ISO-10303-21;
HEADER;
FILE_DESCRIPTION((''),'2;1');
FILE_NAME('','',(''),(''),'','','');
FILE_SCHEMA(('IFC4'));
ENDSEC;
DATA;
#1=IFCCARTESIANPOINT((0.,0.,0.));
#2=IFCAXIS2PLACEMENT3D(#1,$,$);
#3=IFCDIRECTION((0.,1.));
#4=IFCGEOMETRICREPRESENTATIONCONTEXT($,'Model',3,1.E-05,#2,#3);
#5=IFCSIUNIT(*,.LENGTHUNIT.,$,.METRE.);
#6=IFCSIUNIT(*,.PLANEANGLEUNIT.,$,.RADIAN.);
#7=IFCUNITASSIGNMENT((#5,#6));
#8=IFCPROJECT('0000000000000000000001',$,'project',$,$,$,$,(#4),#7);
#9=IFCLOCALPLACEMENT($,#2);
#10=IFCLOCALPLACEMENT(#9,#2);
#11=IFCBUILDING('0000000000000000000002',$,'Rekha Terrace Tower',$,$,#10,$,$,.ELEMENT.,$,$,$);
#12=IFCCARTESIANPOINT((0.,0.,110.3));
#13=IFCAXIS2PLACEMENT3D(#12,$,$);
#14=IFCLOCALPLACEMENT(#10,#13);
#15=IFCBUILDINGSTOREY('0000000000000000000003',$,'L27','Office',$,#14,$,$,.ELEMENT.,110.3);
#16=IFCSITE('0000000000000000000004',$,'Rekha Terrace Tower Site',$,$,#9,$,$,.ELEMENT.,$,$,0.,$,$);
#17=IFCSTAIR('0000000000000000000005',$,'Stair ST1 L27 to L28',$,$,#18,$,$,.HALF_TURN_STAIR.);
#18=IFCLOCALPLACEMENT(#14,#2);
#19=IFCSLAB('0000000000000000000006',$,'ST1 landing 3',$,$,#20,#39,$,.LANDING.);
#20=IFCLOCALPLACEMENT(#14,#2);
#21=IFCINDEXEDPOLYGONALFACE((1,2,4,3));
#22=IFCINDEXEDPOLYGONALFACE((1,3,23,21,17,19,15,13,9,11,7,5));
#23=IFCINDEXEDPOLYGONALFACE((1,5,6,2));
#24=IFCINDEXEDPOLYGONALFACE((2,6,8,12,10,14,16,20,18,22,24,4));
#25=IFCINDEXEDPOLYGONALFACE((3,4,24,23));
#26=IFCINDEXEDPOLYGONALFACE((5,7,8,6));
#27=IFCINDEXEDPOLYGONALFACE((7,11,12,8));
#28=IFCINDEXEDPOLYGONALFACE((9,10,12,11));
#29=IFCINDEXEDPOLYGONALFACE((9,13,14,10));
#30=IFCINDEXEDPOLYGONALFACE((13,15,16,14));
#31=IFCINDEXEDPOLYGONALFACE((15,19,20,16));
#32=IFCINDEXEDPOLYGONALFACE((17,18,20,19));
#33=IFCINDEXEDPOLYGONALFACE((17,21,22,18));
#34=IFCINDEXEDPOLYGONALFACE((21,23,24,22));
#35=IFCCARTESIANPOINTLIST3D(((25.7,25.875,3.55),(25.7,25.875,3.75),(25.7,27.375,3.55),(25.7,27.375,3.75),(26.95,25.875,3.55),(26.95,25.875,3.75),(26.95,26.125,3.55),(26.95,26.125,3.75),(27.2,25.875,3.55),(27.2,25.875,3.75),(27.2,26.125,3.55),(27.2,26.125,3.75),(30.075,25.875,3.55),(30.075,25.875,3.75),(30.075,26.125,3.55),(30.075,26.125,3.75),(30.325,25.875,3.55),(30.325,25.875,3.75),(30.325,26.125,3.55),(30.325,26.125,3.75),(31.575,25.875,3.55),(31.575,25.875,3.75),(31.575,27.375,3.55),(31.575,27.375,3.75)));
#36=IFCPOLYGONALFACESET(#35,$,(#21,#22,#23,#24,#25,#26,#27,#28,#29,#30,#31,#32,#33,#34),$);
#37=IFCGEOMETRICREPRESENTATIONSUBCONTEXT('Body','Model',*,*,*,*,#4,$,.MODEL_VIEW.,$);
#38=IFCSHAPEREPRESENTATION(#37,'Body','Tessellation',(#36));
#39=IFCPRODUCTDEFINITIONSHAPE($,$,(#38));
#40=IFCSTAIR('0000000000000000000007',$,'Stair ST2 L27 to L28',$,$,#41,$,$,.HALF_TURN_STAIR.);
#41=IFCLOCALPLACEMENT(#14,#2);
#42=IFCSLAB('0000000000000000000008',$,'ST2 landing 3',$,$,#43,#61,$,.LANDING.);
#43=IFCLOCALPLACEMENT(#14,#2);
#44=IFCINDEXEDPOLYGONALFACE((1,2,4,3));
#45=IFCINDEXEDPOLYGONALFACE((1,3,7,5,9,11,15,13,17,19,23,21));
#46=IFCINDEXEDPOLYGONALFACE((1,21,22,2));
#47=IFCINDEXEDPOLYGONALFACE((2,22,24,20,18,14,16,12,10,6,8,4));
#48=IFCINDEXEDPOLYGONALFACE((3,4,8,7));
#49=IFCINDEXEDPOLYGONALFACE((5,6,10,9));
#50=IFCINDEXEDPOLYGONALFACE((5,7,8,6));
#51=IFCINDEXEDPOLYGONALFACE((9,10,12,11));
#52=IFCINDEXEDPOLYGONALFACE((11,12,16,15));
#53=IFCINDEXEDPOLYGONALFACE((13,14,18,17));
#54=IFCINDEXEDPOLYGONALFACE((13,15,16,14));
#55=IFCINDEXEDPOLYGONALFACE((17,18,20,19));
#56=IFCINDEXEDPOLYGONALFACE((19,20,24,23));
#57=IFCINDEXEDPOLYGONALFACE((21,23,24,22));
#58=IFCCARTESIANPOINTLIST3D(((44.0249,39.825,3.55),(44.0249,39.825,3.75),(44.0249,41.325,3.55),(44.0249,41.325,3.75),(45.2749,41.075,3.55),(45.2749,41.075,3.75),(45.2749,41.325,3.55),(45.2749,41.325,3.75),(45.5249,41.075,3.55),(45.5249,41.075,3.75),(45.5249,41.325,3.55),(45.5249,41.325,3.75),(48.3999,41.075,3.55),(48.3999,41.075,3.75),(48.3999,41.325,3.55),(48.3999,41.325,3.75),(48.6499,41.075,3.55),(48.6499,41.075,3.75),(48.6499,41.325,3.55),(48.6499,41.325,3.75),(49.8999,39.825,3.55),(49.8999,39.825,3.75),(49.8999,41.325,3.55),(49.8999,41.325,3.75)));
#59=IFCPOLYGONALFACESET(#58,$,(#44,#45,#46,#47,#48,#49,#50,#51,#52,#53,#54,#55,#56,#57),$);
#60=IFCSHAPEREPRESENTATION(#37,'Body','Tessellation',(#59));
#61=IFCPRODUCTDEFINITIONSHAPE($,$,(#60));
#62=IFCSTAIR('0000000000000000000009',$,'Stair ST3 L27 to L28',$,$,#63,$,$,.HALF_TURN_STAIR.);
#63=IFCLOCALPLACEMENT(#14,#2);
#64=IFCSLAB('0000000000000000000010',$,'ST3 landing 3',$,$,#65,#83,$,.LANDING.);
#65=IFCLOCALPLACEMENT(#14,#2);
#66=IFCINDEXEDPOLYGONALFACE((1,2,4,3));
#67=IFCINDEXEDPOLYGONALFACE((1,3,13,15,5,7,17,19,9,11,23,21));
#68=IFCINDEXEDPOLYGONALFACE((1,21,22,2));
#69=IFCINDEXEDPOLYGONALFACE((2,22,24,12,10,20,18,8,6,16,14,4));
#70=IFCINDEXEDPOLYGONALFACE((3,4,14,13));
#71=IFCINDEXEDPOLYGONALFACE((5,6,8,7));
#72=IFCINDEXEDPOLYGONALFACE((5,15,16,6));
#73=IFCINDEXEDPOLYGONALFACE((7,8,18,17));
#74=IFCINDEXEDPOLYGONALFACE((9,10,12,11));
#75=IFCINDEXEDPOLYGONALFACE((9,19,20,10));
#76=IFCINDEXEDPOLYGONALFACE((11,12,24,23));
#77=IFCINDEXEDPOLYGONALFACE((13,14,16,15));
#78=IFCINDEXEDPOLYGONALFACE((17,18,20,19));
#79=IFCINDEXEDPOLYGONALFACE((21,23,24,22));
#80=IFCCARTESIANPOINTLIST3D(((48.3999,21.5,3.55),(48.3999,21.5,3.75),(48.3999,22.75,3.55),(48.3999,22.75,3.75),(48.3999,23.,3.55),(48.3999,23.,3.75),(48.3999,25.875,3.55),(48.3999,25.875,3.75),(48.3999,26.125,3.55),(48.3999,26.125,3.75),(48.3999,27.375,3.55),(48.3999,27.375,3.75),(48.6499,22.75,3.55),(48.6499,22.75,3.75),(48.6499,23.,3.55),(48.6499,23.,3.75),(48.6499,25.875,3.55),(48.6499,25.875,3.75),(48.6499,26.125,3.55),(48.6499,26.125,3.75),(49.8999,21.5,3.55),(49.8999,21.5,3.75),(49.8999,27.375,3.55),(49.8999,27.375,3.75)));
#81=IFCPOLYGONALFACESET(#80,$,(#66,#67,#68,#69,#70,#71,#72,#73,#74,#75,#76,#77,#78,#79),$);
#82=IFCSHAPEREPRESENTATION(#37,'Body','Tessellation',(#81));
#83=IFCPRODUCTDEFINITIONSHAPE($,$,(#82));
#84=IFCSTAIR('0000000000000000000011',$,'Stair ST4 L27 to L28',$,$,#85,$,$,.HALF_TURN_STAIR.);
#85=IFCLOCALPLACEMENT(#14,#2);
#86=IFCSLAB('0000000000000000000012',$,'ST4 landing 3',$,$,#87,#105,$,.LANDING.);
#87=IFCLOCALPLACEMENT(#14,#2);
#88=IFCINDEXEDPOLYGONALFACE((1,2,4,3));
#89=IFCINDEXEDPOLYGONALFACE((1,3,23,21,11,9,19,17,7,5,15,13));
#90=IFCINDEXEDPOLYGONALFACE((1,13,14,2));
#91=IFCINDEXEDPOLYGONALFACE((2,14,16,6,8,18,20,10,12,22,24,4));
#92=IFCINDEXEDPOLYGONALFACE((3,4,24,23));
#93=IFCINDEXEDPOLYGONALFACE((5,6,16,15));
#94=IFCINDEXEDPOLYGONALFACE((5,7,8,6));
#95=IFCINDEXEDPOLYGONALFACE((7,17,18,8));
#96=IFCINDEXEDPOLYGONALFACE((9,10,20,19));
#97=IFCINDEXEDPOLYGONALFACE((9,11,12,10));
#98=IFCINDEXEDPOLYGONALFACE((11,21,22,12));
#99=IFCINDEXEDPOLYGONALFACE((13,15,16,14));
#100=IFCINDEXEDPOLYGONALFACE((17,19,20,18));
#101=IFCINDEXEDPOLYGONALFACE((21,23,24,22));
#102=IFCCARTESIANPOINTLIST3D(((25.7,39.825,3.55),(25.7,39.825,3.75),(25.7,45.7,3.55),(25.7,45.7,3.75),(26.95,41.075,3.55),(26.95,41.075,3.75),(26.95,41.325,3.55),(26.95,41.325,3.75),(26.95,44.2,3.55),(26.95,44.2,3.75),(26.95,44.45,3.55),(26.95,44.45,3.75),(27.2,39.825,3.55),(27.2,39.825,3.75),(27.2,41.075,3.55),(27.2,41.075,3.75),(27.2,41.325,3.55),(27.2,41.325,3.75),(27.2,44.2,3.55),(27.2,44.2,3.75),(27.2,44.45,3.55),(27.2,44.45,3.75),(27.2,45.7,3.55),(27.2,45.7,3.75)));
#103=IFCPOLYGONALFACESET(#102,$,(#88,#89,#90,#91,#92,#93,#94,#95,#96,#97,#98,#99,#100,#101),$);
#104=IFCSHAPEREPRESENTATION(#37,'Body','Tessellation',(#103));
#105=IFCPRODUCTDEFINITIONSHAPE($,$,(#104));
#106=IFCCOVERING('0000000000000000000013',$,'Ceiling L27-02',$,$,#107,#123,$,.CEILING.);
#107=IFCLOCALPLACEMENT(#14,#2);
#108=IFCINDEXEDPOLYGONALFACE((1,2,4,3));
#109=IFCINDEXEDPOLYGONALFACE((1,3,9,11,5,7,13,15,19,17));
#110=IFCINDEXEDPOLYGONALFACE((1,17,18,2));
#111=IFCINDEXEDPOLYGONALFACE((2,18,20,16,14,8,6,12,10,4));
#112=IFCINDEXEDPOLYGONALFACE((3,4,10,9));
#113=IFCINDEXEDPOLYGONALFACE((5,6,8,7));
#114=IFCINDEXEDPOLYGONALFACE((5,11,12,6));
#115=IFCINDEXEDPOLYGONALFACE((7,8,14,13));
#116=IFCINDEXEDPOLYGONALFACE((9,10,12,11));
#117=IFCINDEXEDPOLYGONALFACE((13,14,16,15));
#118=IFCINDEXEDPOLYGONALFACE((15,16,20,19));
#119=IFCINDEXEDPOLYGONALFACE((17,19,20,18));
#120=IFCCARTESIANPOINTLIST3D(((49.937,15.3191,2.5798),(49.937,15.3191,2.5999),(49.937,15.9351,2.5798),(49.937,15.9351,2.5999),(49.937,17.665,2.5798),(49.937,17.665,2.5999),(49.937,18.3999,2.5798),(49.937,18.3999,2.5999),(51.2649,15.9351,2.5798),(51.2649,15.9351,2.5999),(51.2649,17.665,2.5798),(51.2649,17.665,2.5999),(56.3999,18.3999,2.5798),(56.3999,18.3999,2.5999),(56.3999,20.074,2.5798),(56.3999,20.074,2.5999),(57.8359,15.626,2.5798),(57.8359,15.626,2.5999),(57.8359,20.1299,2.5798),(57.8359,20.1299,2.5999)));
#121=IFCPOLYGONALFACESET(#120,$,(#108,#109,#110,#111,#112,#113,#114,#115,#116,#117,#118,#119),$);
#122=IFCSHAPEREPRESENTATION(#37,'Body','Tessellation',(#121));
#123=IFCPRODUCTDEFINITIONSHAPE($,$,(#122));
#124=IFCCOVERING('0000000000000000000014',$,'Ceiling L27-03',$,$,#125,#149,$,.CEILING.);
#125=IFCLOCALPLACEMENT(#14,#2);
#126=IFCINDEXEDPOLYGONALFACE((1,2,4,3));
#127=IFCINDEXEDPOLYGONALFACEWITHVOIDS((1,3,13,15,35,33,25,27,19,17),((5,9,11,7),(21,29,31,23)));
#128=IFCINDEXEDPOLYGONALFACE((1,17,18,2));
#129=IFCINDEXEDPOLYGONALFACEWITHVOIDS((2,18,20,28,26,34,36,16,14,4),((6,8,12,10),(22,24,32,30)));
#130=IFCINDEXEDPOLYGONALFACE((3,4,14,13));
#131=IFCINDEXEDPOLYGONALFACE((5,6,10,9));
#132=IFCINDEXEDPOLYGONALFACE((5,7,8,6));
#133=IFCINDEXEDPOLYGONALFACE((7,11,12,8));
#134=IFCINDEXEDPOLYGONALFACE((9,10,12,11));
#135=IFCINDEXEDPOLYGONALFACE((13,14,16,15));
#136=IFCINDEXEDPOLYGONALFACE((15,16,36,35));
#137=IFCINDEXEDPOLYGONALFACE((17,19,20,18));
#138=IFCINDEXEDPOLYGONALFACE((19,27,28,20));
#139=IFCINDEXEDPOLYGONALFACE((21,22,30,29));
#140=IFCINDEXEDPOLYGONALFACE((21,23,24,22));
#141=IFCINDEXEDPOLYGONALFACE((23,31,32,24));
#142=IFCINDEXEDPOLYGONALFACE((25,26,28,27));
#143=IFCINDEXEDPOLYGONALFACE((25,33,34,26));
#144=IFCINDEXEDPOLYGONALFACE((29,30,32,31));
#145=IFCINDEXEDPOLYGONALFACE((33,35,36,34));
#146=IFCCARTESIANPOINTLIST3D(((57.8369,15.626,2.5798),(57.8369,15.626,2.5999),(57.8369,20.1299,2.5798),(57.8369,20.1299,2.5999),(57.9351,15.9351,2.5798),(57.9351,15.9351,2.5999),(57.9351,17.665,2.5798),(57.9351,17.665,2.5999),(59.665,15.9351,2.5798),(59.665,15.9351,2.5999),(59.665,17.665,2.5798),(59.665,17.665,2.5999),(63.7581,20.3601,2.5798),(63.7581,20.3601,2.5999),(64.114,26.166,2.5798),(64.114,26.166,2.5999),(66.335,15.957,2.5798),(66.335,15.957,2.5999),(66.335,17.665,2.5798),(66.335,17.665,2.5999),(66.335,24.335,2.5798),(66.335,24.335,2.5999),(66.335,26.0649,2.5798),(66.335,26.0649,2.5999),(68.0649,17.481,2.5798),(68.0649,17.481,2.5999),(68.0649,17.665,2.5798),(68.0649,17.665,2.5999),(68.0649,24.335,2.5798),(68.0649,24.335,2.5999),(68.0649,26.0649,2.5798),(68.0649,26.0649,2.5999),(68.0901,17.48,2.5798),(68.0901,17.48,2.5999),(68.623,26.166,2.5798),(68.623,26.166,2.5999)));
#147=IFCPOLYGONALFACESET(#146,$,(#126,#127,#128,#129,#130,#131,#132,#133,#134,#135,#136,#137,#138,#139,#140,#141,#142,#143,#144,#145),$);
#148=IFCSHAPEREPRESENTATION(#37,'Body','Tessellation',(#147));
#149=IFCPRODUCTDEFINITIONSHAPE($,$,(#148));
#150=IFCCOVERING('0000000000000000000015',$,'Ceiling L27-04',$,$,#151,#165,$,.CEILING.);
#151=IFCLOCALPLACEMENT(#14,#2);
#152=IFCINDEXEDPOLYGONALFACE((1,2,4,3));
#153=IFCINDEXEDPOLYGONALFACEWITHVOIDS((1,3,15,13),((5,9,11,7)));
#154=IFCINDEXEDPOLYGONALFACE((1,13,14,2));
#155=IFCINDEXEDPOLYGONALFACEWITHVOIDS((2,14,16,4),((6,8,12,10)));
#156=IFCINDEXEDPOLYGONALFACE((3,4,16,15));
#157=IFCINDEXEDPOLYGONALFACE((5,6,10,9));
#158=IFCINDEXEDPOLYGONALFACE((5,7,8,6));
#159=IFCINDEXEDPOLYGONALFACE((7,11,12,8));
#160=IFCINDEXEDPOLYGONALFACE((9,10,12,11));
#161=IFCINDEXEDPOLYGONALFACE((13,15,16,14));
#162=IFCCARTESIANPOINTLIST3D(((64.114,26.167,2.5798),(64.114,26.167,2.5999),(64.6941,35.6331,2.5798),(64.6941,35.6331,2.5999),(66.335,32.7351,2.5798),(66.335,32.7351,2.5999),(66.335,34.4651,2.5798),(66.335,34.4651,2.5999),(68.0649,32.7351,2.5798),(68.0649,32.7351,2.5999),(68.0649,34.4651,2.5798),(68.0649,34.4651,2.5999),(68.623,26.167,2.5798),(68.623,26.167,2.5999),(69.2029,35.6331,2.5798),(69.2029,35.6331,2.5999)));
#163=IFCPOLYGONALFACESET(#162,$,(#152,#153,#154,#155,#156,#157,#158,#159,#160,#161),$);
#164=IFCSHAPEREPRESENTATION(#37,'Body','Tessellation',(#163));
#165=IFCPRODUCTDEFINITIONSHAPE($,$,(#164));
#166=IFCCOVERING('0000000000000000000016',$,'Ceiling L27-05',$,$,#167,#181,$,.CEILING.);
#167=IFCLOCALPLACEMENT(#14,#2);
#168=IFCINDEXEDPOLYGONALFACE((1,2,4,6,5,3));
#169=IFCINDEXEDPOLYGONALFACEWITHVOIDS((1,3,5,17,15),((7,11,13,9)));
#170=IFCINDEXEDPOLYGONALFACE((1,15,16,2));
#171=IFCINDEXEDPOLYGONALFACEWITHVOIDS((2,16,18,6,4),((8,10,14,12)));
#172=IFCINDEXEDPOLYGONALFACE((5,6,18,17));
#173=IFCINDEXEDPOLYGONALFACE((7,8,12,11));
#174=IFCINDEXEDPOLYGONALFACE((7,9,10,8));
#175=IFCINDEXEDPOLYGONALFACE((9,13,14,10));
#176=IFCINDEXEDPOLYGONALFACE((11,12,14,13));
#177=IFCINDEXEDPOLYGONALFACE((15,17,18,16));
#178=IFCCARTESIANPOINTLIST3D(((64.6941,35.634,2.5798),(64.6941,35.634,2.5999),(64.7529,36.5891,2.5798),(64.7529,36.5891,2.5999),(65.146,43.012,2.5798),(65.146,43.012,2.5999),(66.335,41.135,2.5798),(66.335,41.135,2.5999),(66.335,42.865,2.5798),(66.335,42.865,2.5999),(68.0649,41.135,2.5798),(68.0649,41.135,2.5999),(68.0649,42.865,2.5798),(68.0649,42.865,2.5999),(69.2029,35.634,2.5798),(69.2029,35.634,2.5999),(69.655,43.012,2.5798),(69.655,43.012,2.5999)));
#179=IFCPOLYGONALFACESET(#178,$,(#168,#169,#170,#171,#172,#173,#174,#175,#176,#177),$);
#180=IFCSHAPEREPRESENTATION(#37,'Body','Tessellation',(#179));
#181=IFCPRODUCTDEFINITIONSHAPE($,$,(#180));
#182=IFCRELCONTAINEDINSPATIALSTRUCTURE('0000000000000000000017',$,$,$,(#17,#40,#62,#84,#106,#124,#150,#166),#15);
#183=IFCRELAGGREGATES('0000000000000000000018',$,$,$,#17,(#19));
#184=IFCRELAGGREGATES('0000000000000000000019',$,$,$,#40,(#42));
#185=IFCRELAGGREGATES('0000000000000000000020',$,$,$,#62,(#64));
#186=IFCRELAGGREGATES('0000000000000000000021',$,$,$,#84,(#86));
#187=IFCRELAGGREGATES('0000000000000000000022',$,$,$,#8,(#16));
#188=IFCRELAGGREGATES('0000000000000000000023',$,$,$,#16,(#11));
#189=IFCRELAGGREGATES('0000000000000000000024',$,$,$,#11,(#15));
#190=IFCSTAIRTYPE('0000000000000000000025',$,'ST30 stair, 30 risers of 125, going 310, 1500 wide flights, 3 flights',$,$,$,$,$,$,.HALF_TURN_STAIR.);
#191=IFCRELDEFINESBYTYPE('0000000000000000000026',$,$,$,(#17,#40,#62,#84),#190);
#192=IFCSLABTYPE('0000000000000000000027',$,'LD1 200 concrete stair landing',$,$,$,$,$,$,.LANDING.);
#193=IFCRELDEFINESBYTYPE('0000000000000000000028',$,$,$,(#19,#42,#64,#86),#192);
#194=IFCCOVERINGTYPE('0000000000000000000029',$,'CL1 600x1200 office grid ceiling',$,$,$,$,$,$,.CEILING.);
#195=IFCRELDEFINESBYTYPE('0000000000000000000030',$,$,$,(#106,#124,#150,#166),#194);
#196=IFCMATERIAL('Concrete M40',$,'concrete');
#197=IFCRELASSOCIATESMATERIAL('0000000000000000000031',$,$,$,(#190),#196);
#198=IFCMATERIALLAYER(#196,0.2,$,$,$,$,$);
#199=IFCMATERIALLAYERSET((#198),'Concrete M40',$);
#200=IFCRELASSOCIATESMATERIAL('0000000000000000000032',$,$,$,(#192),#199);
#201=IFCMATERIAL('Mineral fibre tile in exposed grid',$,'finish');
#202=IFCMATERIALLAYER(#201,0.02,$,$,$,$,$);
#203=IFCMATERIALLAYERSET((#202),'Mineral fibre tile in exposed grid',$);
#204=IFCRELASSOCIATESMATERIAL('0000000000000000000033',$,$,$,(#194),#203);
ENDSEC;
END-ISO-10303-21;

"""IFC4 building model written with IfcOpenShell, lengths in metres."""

from ifc_helpers import new_model, si_unit, direction, frame, origin, place, context, subcontext, project, spatial, polyline, outline, extrude, material, layer, layer_set, type_object, element, aggregate, save


model = new_model("IFC4")

# Units and contexts
model_context = context("Model", 3, precision=1e-05, world=origin(), true_north=direction((0.0, 1.0)))
body_context = subcontext(model_context, "Body", "Model", "MODEL_VIEW")
ifc_project = project(units=[si_unit("LENGTHUNIT", "METRE"), si_unit("PLANEANGLEUNIT", "RADIAN")], contexts=[model_context])

# Site, building, storey
site_placement = place(None, origin())
site = spatial("IfcSite", under=ifc_project, at=site_placement, Name="Rekha Terrace Tower Site", CompositionType="ELEMENT", RefElevation=0.0)
building_placement = place(site_placement, origin())
building = spatial("IfcBuilding", under=site, at=building_placement, Name="Rekha Terrace Tower", CompositionType="ELEMENT")
storey_placement = place(building_placement, frame((0.0, 0.0, 110.3)))
storey = spatial("IfcBuildingStorey", under=building, at=storey_placement, Name="L27", Description="Office", CompositionType="ELEMENT", Elevation=110.3)

# Stairs, slabs
ifc_material_1 = material(Name="Concrete M40", Category="concrete")
stair_type = type_object("IfcStairType", Name="ST30 stair, 30 risers of 125, going 310, 1500 wide flights, 3 flights", PredefinedType="HALF_TURN_STAIR", material=ifc_material_1)
stair_1_placement = place(storey_placement, origin())
stair_1 = element("IfcStair", 1, at=stair_1_placement, inside=storey, type_object=stair_type, Name="Stair ST1 L27 to L28", PredefinedType="HALF_TURN_STAIR")
ifc_layer_1 = layer(ifc_material_1, 0.2)
ifc_layer_set_1 = layer_set([ifc_layer_1], Name="Concrete M40")
slab_type = type_object("IfcSlabType", Name="LD1 200 concrete stair landing", PredefinedType="LANDING", material=ifc_layer_set_1)
slab_1_placement = place(storey_placement, frame((0.0, 0.0, 3.55)))
slab_1 = element("IfcSlab", 2, at=slab_1_placement, type_object=slab_type, Name="ST1 landing 3", PredefinedType="LANDING", context=body_context, shape_type="SweptSolid", body=[
    extrude(outline(polyline([(31.575, 25.875), (31.575, 27.375), (25.7, 27.375), (25.7, 25.875), (26.95, 25.875), (26.95, 26.125), (27.2, 26.125), (27.2, 25.875), (30.075, 25.875), (30.075, 26.125), (30.325, 26.125), (30.325, 25.875), (31.575, 25.875)])), origin(), (0.0, 0.0, 1.0), 0.2),
])
aggregate(stair_1, [slab_1])
stair_2_placement = place(storey_placement, origin())
stair_2 = element("IfcStair", 3, at=stair_2_placement, inside=storey, type_object=stair_type, Name="Stair ST2 L27 to L28", PredefinedType="HALF_TURN_STAIR")
slab_2_placement = place(storey_placement, frame((0.0, 0.0, 3.55)))
slab_2 = element("IfcSlab", 4, at=slab_2_placement, type_object=slab_type, Name="ST2 landing 3", PredefinedType="LANDING", context=body_context, shape_type="SweptSolid", body=[
    extrude(outline(polyline([(44.0249, 41.325), (44.0249, 39.825), (49.8999, 39.825), (49.8999, 41.325), (48.6499, 41.325), (48.6499, 41.075), (48.3999, 41.075), (48.3999, 41.325), (45.5249, 41.325), (45.5249, 41.075), (45.2749, 41.075), (45.2749, 41.325), (44.0249, 41.325)])), origin(), (0.0, 0.0, 1.0), 0.2),
])
aggregate(stair_2, [slab_2])
stair_3_placement = place(storey_placement, origin())
stair_3 = element("IfcStair", 5, at=stair_3_placement, inside=storey, type_object=stair_type, Name="Stair ST3 L27 to L28", PredefinedType="HALF_TURN_STAIR")
slab_3_placement = place(storey_placement, frame((0.0, 0.0, 3.55)))
slab_3 = element("IfcSlab", 6, at=slab_3_placement, type_object=slab_type, Name="ST3 landing 3", PredefinedType="LANDING", context=body_context, shape_type="SweptSolid", body=[
    extrude(outline(polyline([(48.3999, 21.5), (49.8999, 21.5), (49.8999, 27.375), (48.3999, 27.375), (48.3999, 26.125), (48.6499, 26.125), (48.6499, 25.875), (48.3999, 25.875), (48.3999, 23.0), (48.6499, 23.0), (48.6499, 22.75), (48.3999, 22.75), (48.3999, 21.5)])), origin(), (0.0, 0.0, 1.0), 0.2),
])
aggregate(stair_3, [slab_3])
stair_4_placement = place(storey_placement, origin())
stair_4 = element("IfcStair", 7, at=stair_4_placement, inside=storey, type_object=stair_type, Name="Stair ST4 L27 to L28", PredefinedType="HALF_TURN_STAIR")
slab_4_placement = place(storey_placement, frame((0.0, 0.0, 3.55)))
slab_4 = element("IfcSlab", 8, at=slab_4_placement, type_object=slab_type, Name="ST4 landing 3", PredefinedType="LANDING", context=body_context, shape_type="SweptSolid", body=[
    extrude(outline(polyline([(27.2, 39.825), (25.7, 39.825), (25.7, 45.7), (27.2, 45.7), (27.2, 44.45), (26.95, 44.45), (26.95, 44.2), (27.2, 44.2), (27.2, 41.325), (26.95, 41.325), (26.95, 41.075), (27.2, 41.075), (27.2, 39.825)])), origin(), (0.0, 0.0, 1.0), 0.2),
])
aggregate(stair_4, [slab_4])

# Coverings
ifc_material_2 = material(Name="Mineral fibre tile in exposed grid", Category="finish")
ifc_layer_2 = layer(ifc_material_2, 0.02)
ifc_layer_set_2 = layer_set([ifc_layer_2], Name="Mineral fibre tile in exposed grid")
covering_type_1 = type_object("IfcCoveringType", Name="CL1 600x1200 office grid ceiling", PredefinedType="CEILING", material=ifc_layer_set_2)
covering_1_placement = place(storey_placement, frame((0.0, 0.0, 2.5798)))
element("IfcCovering", 9, at=covering_1_placement, inside=storey, type_object=covering_type_1, Name="Ceiling L27-02", PredefinedType="CEILING", context=body_context, shape_type="SweptSolid", body=[
    extrude(outline(polyline([(56.3999, 20.074), (56.3999, 18.3999), (49.937, 18.3999), (49.937, 17.665), (51.2649, 17.665), (51.2649, 15.9351), (49.937, 15.9351), (49.937, 15.3191), (57.8359, 15.626), (57.8359, 20.1299), (56.3999, 20.074)])), origin(), (0.0, 0.0, 1.0), 0.02),
])
covering_2_placement = place(storey_placement, frame((0.0, 0.0, 2.5798)))
element("IfcCovering", 10, at=covering_2_placement, inside=storey, type_object=covering_type_1, Name="Ceiling L27-03", PredefinedType="CEILING", context=body_context, shape_type="SweptSolid", body=[
    extrude(outline(polyline([(64.114, 26.166), (63.7581, 20.3601), (57.8369, 20.1299), (57.8369, 15.626), (66.335, 15.957), (66.335, 17.665), (68.0649, 17.665), (68.0649, 17.481), (68.0901, 17.48), (68.623, 26.166), (64.114, 26.166)]), holes=[polyline([(68.0649, 24.335), (66.335, 24.335), (66.335, 26.0649), (68.0649, 26.0649), (68.0649, 24.335)]), polyline([(59.665, 15.9351), (57.9351, 15.9351), (57.9351, 17.665), (59.665, 17.665), (59.665, 15.9351)])]), origin(), (0.0, 0.0, 1.0), 0.02),
])
covering_3_placement = place(storey_placement, frame((0.0, 0.0, 2.5798)))
element("IfcCovering", 11, at=covering_3_placement, inside=storey, type_object=covering_type_1, Name="Ceiling L27-04", PredefinedType="CEILING", context=body_context, shape_type="SweptSolid", body=[
    extrude(outline(polyline([(64.114, 26.167), (68.623, 26.167), (69.2029, 35.6331), (64.6941, 35.6331), (64.114, 26.167)]), holes=[polyline([(68.0649, 34.4651), (68.0649, 32.7351), (66.335, 32.7351), (66.335, 34.4651), (68.0649, 34.4651)])]), origin(), (0.0, 0.0, 1.0), 0.02),
])
covering_4_placement = place(storey_placement, frame((0.0, 0.0, 2.5798)))
element("IfcCovering", 12, at=covering_4_placement, inside=storey, type_object=covering_type_1, Name="Ceiling L27-05", PredefinedType="CEILING", context=body_context, shape_type="SweptSolid", body=[
    extrude(outline(polyline([(69.655, 43.012), (65.146, 43.012), (64.7529, 36.5891), (64.6941, 35.634), (69.2029, 35.634), (69.655, 43.012)]), holes=[polyline([(68.0649, 41.135), (66.335, 41.135), (66.335, 42.865), (68.0649, 42.865), (68.0649, 41.135)])]), origin(), (0.0, 0.0, 1.0), 0.02),
])

save(model, "model.ifc")
